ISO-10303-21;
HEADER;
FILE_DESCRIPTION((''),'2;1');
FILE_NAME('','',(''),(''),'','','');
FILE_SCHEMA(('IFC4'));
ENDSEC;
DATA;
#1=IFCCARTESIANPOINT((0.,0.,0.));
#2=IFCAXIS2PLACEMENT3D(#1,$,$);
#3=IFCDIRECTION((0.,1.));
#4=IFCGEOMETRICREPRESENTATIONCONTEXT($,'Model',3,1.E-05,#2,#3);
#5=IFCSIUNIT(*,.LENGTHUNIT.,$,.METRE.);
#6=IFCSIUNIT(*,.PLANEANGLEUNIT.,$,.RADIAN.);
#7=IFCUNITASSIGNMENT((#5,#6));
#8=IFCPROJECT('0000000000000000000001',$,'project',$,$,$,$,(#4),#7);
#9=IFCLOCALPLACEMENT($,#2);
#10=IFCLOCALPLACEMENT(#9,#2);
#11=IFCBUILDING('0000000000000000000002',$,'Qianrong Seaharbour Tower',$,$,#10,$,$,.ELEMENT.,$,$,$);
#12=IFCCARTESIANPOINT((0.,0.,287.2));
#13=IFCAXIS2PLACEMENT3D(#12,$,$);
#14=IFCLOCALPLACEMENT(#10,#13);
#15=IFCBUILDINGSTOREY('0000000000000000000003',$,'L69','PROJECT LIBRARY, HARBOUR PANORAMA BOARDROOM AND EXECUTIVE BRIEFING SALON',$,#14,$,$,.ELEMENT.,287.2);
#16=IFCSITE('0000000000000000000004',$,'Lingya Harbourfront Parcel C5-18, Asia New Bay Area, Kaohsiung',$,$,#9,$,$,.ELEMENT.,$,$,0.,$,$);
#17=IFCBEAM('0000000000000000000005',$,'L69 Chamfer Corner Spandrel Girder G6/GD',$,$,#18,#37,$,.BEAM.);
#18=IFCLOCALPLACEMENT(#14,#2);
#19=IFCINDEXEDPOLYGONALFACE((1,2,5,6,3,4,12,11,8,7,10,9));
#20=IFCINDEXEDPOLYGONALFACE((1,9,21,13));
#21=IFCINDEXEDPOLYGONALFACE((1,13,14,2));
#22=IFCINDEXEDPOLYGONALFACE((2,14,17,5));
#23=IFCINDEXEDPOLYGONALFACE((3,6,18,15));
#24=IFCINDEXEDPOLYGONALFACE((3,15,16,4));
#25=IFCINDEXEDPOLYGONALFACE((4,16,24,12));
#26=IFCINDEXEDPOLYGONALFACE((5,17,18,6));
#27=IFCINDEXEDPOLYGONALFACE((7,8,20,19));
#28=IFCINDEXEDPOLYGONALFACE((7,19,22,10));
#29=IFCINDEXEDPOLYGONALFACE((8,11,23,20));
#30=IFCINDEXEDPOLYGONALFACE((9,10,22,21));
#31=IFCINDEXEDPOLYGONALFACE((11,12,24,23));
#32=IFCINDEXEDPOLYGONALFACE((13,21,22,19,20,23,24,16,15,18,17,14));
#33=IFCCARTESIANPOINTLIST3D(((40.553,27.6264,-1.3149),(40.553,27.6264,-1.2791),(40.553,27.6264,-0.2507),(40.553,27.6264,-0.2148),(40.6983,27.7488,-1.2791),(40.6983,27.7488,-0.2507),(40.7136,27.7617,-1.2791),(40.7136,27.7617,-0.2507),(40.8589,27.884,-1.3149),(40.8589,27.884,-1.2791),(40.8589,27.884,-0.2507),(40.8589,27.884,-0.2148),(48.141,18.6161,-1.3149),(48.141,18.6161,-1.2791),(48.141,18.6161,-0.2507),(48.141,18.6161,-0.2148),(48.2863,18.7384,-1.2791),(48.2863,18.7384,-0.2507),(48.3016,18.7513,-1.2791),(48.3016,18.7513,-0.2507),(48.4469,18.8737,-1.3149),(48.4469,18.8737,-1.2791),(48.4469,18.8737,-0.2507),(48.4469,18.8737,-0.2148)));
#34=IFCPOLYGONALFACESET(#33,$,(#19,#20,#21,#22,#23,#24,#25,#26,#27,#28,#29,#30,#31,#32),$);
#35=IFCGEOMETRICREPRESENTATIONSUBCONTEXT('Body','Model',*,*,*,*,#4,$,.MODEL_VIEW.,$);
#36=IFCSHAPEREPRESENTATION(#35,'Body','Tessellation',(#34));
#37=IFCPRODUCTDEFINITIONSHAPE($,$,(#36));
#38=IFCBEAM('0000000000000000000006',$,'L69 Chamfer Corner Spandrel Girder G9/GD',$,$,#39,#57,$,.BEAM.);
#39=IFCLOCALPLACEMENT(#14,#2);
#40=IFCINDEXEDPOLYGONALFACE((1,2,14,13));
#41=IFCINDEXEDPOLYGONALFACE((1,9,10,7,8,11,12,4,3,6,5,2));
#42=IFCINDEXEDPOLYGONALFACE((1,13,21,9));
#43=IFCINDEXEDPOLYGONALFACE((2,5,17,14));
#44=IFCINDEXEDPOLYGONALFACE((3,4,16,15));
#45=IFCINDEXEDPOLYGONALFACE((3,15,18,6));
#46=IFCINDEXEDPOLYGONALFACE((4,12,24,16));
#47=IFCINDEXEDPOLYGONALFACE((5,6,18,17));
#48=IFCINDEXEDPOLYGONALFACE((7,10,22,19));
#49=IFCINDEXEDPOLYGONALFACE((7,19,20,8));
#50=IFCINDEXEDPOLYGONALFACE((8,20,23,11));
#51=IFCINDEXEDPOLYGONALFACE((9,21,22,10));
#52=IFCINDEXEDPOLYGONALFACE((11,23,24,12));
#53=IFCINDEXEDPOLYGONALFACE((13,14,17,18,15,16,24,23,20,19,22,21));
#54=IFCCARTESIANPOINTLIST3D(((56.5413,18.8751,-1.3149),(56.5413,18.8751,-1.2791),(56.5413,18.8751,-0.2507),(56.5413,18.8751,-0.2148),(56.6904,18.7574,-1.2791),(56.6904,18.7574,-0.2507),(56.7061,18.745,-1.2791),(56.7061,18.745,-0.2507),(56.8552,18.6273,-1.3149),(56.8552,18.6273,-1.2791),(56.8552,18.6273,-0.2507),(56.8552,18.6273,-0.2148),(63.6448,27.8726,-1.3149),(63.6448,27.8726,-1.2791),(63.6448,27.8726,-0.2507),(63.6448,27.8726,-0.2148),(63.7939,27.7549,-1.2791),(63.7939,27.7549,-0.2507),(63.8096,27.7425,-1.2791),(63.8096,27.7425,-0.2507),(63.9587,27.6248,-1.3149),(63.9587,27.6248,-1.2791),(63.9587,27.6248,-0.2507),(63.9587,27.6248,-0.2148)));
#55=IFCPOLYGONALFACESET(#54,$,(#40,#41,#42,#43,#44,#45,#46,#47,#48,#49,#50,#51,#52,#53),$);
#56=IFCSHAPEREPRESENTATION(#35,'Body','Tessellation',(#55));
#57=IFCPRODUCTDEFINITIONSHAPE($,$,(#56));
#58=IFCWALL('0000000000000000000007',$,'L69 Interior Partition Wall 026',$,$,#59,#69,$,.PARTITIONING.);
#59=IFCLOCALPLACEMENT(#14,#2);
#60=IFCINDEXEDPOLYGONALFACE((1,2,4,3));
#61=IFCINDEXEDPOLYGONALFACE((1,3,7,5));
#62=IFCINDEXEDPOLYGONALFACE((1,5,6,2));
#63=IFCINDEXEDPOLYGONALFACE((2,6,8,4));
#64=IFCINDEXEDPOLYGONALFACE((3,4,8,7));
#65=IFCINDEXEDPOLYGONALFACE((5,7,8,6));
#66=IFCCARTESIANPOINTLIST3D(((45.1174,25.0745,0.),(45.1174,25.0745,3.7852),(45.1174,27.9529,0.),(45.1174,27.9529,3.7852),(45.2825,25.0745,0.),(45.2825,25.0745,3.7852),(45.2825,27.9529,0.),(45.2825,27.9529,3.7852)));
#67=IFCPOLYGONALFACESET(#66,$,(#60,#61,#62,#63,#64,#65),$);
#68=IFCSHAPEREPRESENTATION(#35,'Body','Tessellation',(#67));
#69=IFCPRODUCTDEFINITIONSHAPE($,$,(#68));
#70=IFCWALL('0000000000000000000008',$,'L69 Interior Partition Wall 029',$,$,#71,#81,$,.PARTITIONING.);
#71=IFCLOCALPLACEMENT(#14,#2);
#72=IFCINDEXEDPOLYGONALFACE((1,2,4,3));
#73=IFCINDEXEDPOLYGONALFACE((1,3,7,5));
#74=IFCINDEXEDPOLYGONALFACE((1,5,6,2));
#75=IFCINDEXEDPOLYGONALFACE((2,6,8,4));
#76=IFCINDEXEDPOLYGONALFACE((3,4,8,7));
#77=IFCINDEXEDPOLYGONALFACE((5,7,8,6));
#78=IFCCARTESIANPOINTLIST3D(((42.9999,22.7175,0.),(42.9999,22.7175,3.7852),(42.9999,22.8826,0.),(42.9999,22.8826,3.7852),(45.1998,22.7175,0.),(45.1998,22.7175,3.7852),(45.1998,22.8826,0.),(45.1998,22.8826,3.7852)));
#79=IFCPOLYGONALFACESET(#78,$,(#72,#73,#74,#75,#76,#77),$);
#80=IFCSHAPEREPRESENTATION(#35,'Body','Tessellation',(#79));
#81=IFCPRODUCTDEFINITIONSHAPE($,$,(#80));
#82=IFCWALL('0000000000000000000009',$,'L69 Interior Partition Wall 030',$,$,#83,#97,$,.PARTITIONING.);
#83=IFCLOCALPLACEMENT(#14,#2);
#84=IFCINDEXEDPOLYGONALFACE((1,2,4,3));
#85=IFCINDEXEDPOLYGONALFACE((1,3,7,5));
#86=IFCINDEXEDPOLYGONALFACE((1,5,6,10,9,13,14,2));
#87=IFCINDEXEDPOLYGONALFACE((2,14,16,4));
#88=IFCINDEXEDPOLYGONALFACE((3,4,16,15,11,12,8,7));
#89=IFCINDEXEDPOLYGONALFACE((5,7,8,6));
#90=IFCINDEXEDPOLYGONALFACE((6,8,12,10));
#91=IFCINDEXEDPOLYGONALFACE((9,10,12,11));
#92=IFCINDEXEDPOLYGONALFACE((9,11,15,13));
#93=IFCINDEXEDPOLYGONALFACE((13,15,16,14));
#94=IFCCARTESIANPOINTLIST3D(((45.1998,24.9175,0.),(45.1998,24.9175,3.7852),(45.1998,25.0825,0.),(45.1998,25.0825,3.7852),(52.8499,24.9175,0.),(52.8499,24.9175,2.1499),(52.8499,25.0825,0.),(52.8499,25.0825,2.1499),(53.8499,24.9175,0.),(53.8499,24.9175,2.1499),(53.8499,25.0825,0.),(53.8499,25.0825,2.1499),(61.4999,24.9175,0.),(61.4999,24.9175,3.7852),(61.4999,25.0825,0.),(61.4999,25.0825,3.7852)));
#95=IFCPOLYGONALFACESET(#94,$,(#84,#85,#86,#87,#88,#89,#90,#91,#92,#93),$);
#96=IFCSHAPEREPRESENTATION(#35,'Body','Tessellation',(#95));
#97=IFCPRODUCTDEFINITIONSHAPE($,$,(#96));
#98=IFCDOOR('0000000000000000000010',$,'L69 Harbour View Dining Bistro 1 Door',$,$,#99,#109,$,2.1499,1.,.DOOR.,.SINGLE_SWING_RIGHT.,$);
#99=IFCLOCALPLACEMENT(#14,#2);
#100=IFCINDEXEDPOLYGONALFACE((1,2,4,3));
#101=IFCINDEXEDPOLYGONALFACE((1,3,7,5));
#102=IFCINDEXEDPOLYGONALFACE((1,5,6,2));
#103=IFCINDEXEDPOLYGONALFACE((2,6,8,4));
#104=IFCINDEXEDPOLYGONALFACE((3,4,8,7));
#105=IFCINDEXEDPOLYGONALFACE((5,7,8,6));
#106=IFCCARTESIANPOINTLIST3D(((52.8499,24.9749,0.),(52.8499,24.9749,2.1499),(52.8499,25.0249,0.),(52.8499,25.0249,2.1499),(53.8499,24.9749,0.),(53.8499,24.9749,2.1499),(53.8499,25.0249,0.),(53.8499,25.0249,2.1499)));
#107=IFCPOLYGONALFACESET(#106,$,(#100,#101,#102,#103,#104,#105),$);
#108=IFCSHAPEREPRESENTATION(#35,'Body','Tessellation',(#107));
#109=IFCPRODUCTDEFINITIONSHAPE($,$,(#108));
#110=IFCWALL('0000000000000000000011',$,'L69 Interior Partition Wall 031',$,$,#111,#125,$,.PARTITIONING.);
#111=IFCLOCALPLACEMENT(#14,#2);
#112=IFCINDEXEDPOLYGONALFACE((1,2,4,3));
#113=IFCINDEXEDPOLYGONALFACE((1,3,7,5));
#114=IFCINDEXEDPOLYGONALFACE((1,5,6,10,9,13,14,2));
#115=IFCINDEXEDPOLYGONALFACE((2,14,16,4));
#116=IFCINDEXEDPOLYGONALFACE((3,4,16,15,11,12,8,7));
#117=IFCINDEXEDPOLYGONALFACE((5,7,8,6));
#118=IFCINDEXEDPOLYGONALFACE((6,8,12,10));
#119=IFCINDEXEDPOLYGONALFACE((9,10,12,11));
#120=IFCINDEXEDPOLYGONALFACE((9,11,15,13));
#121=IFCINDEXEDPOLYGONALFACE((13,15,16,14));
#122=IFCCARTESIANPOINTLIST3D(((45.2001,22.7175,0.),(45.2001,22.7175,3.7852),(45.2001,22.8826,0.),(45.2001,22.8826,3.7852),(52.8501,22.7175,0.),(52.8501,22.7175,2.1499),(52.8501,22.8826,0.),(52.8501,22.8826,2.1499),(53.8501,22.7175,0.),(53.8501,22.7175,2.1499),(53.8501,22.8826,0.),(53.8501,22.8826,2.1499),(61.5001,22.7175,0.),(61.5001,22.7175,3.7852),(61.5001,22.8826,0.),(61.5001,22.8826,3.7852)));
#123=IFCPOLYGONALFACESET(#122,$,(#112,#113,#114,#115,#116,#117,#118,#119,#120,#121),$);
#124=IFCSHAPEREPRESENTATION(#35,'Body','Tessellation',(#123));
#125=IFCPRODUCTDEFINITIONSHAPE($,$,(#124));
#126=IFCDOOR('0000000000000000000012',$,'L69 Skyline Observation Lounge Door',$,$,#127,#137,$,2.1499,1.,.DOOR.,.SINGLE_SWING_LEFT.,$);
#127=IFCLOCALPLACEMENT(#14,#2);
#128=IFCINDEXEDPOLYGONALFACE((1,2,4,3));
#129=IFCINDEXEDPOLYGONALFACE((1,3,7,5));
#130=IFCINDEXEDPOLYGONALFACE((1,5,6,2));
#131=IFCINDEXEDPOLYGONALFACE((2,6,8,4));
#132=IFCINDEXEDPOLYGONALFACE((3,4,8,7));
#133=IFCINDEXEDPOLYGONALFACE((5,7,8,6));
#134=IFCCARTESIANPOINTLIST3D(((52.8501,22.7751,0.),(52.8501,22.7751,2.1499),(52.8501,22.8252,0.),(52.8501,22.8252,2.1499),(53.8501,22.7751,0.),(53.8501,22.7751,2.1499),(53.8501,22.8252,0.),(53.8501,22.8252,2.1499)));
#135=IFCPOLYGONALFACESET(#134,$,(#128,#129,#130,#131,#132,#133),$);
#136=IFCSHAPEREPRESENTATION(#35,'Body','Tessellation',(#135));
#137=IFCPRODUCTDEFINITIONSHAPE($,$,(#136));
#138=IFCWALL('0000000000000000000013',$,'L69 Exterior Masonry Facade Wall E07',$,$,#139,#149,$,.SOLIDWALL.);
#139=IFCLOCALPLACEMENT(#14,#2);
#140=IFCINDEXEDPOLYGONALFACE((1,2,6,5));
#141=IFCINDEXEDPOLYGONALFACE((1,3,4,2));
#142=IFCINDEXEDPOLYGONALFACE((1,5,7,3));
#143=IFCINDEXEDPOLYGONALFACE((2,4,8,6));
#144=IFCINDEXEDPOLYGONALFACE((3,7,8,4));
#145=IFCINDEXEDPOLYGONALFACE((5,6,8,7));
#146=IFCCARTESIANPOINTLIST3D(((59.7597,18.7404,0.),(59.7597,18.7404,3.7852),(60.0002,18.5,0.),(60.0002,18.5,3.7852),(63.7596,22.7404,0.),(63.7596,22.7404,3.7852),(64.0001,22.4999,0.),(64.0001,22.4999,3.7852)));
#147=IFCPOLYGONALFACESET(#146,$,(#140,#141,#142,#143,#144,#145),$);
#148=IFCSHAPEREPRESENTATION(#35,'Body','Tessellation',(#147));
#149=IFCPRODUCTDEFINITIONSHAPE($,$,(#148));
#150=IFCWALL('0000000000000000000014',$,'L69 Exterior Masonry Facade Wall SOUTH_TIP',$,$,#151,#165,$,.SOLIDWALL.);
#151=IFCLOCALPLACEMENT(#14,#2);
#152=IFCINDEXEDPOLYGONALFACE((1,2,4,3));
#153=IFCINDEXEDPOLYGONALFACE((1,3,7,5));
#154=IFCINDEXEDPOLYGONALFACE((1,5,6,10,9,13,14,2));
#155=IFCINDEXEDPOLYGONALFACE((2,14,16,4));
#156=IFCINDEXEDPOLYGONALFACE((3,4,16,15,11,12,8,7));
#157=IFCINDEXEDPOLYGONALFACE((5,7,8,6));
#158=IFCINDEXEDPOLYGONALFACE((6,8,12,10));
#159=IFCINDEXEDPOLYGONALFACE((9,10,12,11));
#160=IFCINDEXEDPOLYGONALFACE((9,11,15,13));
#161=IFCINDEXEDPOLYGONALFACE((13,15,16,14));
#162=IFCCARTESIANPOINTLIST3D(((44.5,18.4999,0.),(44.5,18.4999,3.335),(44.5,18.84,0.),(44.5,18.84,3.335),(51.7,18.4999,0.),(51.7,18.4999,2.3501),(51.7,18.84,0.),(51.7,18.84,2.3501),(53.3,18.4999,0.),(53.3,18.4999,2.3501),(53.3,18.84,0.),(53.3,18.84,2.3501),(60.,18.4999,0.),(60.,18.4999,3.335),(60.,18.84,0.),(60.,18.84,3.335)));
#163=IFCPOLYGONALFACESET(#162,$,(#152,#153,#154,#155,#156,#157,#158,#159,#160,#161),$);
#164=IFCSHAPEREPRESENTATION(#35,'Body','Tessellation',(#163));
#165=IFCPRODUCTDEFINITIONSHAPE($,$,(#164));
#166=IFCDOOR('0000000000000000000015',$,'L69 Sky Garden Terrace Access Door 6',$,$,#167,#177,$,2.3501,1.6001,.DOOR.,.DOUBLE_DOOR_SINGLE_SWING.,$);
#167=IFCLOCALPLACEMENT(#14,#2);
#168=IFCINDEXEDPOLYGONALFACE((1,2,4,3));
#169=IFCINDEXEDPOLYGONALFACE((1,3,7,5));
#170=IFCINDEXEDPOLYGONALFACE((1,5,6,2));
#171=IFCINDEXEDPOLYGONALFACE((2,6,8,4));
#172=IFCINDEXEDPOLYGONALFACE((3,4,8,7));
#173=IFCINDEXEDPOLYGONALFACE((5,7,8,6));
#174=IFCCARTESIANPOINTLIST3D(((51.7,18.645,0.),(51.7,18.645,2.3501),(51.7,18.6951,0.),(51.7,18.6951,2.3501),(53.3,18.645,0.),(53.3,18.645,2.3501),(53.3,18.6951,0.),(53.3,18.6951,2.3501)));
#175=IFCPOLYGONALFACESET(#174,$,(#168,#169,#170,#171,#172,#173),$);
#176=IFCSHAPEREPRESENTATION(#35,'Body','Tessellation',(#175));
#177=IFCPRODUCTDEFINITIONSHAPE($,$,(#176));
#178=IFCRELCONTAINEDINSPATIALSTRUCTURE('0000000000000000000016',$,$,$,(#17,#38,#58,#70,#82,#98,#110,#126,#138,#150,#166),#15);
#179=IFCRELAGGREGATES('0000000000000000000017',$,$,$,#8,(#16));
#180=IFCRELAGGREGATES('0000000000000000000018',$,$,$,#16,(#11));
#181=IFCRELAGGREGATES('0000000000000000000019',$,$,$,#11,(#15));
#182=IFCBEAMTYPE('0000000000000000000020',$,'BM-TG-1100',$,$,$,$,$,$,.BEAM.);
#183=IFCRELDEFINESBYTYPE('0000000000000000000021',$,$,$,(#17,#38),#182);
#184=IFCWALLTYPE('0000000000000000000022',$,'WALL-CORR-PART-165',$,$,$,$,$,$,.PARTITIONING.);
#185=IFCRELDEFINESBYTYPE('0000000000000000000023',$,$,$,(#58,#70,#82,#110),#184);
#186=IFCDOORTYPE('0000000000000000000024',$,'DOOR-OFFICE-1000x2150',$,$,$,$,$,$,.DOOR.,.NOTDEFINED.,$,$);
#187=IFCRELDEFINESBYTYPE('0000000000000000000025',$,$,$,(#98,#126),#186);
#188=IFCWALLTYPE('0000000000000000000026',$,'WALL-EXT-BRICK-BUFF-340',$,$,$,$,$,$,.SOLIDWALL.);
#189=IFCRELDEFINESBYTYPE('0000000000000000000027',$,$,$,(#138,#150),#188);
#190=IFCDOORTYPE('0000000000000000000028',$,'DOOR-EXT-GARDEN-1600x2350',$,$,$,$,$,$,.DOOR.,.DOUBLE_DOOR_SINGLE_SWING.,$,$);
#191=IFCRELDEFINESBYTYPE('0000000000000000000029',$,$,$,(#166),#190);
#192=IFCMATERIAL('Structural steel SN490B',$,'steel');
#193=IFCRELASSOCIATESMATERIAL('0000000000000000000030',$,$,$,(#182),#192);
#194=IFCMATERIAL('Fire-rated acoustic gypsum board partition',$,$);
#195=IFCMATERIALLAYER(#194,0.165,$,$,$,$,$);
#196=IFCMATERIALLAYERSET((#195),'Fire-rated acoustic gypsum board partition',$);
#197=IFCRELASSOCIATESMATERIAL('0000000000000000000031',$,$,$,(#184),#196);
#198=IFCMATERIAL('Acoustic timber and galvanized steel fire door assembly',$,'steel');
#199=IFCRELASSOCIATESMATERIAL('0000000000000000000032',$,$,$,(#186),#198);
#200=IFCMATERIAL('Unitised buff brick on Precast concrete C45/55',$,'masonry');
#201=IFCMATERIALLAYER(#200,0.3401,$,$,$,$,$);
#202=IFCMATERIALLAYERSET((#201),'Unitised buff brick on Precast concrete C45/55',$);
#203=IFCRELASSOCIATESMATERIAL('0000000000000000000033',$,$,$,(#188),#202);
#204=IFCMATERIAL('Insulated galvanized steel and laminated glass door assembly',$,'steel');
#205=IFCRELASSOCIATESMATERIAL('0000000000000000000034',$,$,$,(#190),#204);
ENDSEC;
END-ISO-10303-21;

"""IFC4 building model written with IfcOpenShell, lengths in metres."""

from ifc_helpers import new_model, si_unit, direction, frame, frame_2d, origin, origin_2d, place, context, subcontext, project, spatial, rectangle, i_section, extrude, material, layer, layer_set, material_profile, profile_set, type_object, element, fill, save


model = new_model("IFC4")

# Units and contexts
model_context = context("Model", 3, precision=1e-05, world=origin(), true_north=direction((0.0, 1.0)))
body_context = subcontext(model_context, "Body", "Model", "MODEL_VIEW")
ifc_project = project(units=[si_unit("LENGTHUNIT", "METRE"), si_unit("PLANEANGLEUNIT", "RADIAN")], contexts=[model_context])

# Site, building, storey
site_placement = place(None, origin())
site = spatial("IfcSite", under=ifc_project, at=site_placement, Name="Lingya Harbourfront Parcel C5-18, Asia New Bay Area, Kaohsiung", CompositionType="ELEMENT", RefElevation=0.0)
building_placement = place(site_placement, origin())
building = spatial("IfcBuilding", under=site, at=building_placement, Name="Qianrong Seaharbour Tower", CompositionType="ELEMENT")
storey_placement = place(building_placement, frame((0.0, 0.0, 287.2)))
storey = spatial("IfcBuildingStorey", under=building, at=storey_placement, Name="L69", Description="PROJECT LIBRARY, HARBOUR PANORAMA BOARDROOM AND EXECUTIVE BRIEFING SALON", CompositionType="ELEMENT", Elevation=287.2)

# Beams
ifc_material_1 = material(Name="Structural steel SN490B", Category="steel")
ifc_material_profile_1 = material_profile(ifc_material_1, i_section(OverallWidth=0.3999, OverallDepth=1.1001, WebThickness=0.02, FlangeThickness=0.0359, at=origin_2d()), Name="BH1100x400x20x36")
ifc_profile_set_1 = profile_set([ifc_material_profile_1], Name="Structural steel SN490B")
beam_type_1 = type_object("IfcBeamType", Name="BM-TG-1100", PredefinedType="BEAM", material=ifc_profile_set_1)
beam_1_placement = place(storey_placement, frame((48.2939, 18.7449, -0.7649), z_axis=(-0.644151, 0.764898, 0.0), x_axis=(-0.764898, -0.644151, 0.0)))
element("IfcBeam", 1, at=beam_1_placement, inside=storey, type_object=beam_type_1, Name="L69 Chamfer Corner Spandrel Girder G6/GD", PredefinedType="BEAM", context=body_context, shape_type="SweptSolid", body=[
    extrude(i_section(OverallWidth=0.3999, OverallDepth=1.1001, WebThickness=0.02, FlangeThickness=0.0359, at=origin_2d()), origin(), (0.0, 0.0, 1.0), 11.7798),
])
beam_2_placement = place(storey_placement, frame((56.6982, 18.7512, -0.7649), z_axis=(0.619654, 0.784875, 0.0), x_axis=(-0.784875, 0.619654, 0.0)))
element("IfcBeam", 2, at=beam_2_placement, inside=storey, type_object=beam_type_1, Name="L69 Chamfer Corner Spandrel Girder G9/GD", PredefinedType="BEAM", context=body_context, shape_type="SweptSolid", body=[
    extrude(i_section(OverallWidth=0.3999, OverallDepth=1.1001, WebThickness=0.02, FlangeThickness=0.0359, at=origin_2d()), origin(), (0.0, 0.0, 1.0), 11.4636),
])

# Walls
ifc_material_2 = material(Name="Fire-rated acoustic gypsum board partition")
ifc_layer_1 = layer(ifc_material_2, 0.165)
ifc_layer_set_1 = layer_set([ifc_layer_1], Name="Fire-rated acoustic gypsum board partition")
wall_type_1 = type_object("IfcWallType", Name="WALL-CORR-PART-165", PredefinedType="PARTITIONING", material=ifc_layer_set_1)
wall_1_placement = place(storey_placement, frame((45.2, 27.9529, 0.0), z_axis=(0.0, 0.0, 1.0), x_axis=(0.0, -1.0, 0.0)))
element("IfcWall", 3, at=wall_1_placement, inside=storey, type_object=wall_type_1, Name="L69 Interior Partition Wall 026", PredefinedType="PARTITIONING", context=body_context, shape_type="SweptSolid", body=[
    extrude(rectangle(XDim=2.8784, YDim=0.165, at=frame_2d((1.4392, 0.0))), origin(), (0.0, 0.0, 1.0), 3.7852),
])
wall_2_placement = place(storey_placement, frame((45.2, 22.8, 0.0), z_axis=(0.0, 0.0, 1.0), x_axis=(-1.0, 0.0, 0.0)))
element("IfcWall", 4, at=wall_2_placement, inside=storey, type_object=wall_type_1, Name="L69 Interior Partition Wall 029", PredefinedType="PARTITIONING", context=body_context, shape_type="SweptSolid", body=[
    extrude(rectangle(XDim=2.2, YDim=0.165, at=frame_2d((1.1001, 0.0))), origin(), (0.0, 0.0, 1.0), 3.7852),
])

# Walls, openings, doors
wall_3_placement = place(storey_placement, frame((45.2, 25.0, 0.0), z_axis=(0.0, 0.0, 1.0), x_axis=(1.0, 0.0, 0.0)))
wall_3 = element("IfcWall", 5, at=wall_3_placement, inside=storey, type_object=wall_type_1, Name="L69 Interior Partition Wall 030", PredefinedType="PARTITIONING", context=body_context, shape_type="SweptSolid", body=[
    extrude(rectangle(XDim=16.3, YDim=0.165, at=frame_2d((8.1499, 0.0))), origin(), (0.0, 0.0, 1.0), 3.7852),
])
opening_1_placement = place(wall_3_placement, frame((7.6499, 0.0, 0.0)))
opening_1 = element("IfcOpeningElement", 6, at=opening_1_placement, cuts=wall_3, PredefinedType="OPENING", context=body_context, shape_type="SweptSolid", body=[
    extrude(rectangle(XDim=1.0, YDim=2.1499, at=frame_2d((0.5, 1.075))), frame((0.0, 0.0925, 0.0), z_axis=(0.0, -1.0, 0.0), x_axis=(1.0, 0.0, 0.0)), (0.0, 0.0, 1.0), 0.1851),
])
ifc_material_3 = material(Name="Acoustic timber and galvanized steel fire door assembly", Category="steel")
door_type_1 = type_object("IfcDoorType", Name="DOOR-OFFICE-1000x2150", OperationType="NOTDEFINED", PredefinedType="DOOR", material=ifc_material_3)
door_1_placement = place(opening_1_placement, origin())
door_1 = element("IfcDoor", 7, at=door_1_placement, inside=storey, type_object=door_type_1, Name="L69 Harbour View Dining Bistro 1 Door", OperationType="SINGLE_SWING_RIGHT", OverallHeight=2.1499, OverallWidth=1.0, PredefinedType="DOOR", context=body_context, shape_type="SweptSolid", body=[
    extrude(rectangle(XDim=1.0, YDim=2.1499, at=frame_2d((0.5, 1.075))), frame((0.0, 0.0249, 0.0), z_axis=(0.0, -1.0, 0.0), x_axis=(1.0, 0.0, 0.0)), (0.0, 0.0, 1.0), 0.05),
])
fill(opening_1, door_1)
wall_4_placement = place(storey_placement, frame((61.5, 22.8, 0.0), z_axis=(0.0, 0.0, 1.0), x_axis=(-1.0, 0.0, 0.0)))
wall_4 = element("IfcWall", 8, at=wall_4_placement, inside=storey, type_object=wall_type_1, Name="L69 Interior Partition Wall 031", PredefinedType="PARTITIONING", context=body_context, shape_type="SweptSolid", body=[
    extrude(rectangle(XDim=16.3, YDim=0.165, at=frame_2d((8.1499, 0.0))), origin(), (0.0, 0.0, 1.0), 3.7852),
])
opening_2_placement = place(wall_4_placement, frame((7.6499, 0.0, 0.0)))
opening_2 = element("IfcOpeningElement", 9, at=opening_2_placement, cuts=wall_4, PredefinedType="OPENING", context=body_context, shape_type="SweptSolid", body=[
    extrude(rectangle(XDim=1.0, YDim=2.1499, at=frame_2d((0.5, 1.075))), frame((0.0, 0.0925, 0.0), z_axis=(0.0, -1.0, 0.0), x_axis=(1.0, 0.0, 0.0)), (0.0, 0.0, 1.0), 0.1851),
])
door_2_placement = place(opening_2_placement, origin())
door_2 = element("IfcDoor", 10, at=door_2_placement, inside=storey, type_object=door_type_1, Name="L69 Skyline Observation Lounge Door", OperationType="SINGLE_SWING_LEFT", OverallHeight=2.1499, OverallWidth=1.0, PredefinedType="DOOR", context=body_context, shape_type="SweptSolid", body=[
    extrude(rectangle(XDim=1.0, YDim=2.1499, at=frame_2d((0.5, 1.075))), frame((0.0, 0.0249, 0.0), z_axis=(0.0, -1.0, 0.0), x_axis=(1.0, 0.0, 0.0)), (0.0, 0.0, 1.0), 0.05),
])
fill(opening_2, door_2)

# Wall
ifc_material_4 = material(Name="Unitised buff brick on Precast concrete C45/55", Category="masonry")
ifc_layer_2 = layer(ifc_material_4, 0.3401)
ifc_layer_set_2 = layer_set([ifc_layer_2], Name="Unitised buff brick on Precast concrete C45/55")
wall_type_2 = type_object("IfcWallType", Name="WALL-EXT-BRICK-BUFF-340", PredefinedType="SOLIDWALL", material=ifc_layer_set_2)
wall_5_placement = place(storey_placement, frame((63.8799, 22.6201, 0.0), z_axis=(0.0, 0.0, 1.0), x_axis=(-0.707107, -0.707107, 0.0)))
element("IfcWall", 11, at=wall_5_placement, inside=storey, type_object=wall_type_2, Name="L69 Exterior Masonry Facade Wall E07", PredefinedType="SOLIDWALL", context=body_context, shape_type="SweptSolid", body=[
    extrude(rectangle(XDim=5.6567, YDim=0.3401, at=frame_2d((2.8284, 0.0))), origin(), (0.0, 0.0, 1.0), 3.7852),
])

# Wall, opening, door
wall_6_placement = place(storey_placement, frame((60.0, 18.6699, 0.0), z_axis=(0.0, 0.0, 1.0), x_axis=(-1.0, 0.0, 0.0)))
wall_6 = element("IfcWall", 12, at=wall_6_placement, inside=storey, type_object=wall_type_2, Name="L69 Exterior Masonry Facade Wall SOUTH_TIP", PredefinedType="SOLIDWALL", context=body_context, shape_type="SweptSolid", body=[
    extrude(rectangle(XDim=15.5, YDim=0.3401, at=frame_2d((7.75, 0.0))), origin(), (0.0, 0.0, 1.0), 3.335),
])
opening_3_placement = place(wall_6_placement, frame((6.7, 0.0, 0.0)))
opening_3 = element("IfcOpeningElement", 13, at=opening_3_placement, cuts=wall_6, PredefinedType="OPENING", context=body_context, shape_type="SweptSolid", body=[
    extrude(rectangle(XDim=1.6001, YDim=2.3501, at=frame_2d((0.8, 1.175))), frame((0.0, 0.1802, 0.0), z_axis=(0.0, -1.0, 0.0), x_axis=(1.0, 0.0, 0.0)), (0.0, 0.0, 1.0), 0.3601),
])
ifc_material_5 = material(Name="Insulated galvanized steel and laminated glass door assembly", Category="steel")
door_type_2 = type_object("IfcDoorType", Name="DOOR-EXT-GARDEN-1600x2350", OperationType="DOUBLE_DOOR_SINGLE_SWING", PredefinedType="DOOR", material=ifc_material_5)
door_3_placement = place(opening_3_placement, origin())
door_3 = element("IfcDoor", 14, at=door_3_placement, inside=storey, type_object=door_type_2, Name="L69 Sky Garden Terrace Access Door 6", OperationType="DOUBLE_DOOR_SINGLE_SWING", OverallHeight=2.3501, OverallWidth=1.6001, PredefinedType="DOOR", context=body_context, shape_type="SweptSolid", body=[
    extrude(rectangle(XDim=1.6001, YDim=2.3501, at=frame_2d((0.8, 1.175))), frame((0.0, 0.0249, 0.0), z_axis=(0.0, -1.0, 0.0), x_axis=(1.0, 0.0, 0.0)), (0.0, 0.0, 1.0), 0.05),
])
fill(opening_3, door_3)

save(model, "model.ifc")
